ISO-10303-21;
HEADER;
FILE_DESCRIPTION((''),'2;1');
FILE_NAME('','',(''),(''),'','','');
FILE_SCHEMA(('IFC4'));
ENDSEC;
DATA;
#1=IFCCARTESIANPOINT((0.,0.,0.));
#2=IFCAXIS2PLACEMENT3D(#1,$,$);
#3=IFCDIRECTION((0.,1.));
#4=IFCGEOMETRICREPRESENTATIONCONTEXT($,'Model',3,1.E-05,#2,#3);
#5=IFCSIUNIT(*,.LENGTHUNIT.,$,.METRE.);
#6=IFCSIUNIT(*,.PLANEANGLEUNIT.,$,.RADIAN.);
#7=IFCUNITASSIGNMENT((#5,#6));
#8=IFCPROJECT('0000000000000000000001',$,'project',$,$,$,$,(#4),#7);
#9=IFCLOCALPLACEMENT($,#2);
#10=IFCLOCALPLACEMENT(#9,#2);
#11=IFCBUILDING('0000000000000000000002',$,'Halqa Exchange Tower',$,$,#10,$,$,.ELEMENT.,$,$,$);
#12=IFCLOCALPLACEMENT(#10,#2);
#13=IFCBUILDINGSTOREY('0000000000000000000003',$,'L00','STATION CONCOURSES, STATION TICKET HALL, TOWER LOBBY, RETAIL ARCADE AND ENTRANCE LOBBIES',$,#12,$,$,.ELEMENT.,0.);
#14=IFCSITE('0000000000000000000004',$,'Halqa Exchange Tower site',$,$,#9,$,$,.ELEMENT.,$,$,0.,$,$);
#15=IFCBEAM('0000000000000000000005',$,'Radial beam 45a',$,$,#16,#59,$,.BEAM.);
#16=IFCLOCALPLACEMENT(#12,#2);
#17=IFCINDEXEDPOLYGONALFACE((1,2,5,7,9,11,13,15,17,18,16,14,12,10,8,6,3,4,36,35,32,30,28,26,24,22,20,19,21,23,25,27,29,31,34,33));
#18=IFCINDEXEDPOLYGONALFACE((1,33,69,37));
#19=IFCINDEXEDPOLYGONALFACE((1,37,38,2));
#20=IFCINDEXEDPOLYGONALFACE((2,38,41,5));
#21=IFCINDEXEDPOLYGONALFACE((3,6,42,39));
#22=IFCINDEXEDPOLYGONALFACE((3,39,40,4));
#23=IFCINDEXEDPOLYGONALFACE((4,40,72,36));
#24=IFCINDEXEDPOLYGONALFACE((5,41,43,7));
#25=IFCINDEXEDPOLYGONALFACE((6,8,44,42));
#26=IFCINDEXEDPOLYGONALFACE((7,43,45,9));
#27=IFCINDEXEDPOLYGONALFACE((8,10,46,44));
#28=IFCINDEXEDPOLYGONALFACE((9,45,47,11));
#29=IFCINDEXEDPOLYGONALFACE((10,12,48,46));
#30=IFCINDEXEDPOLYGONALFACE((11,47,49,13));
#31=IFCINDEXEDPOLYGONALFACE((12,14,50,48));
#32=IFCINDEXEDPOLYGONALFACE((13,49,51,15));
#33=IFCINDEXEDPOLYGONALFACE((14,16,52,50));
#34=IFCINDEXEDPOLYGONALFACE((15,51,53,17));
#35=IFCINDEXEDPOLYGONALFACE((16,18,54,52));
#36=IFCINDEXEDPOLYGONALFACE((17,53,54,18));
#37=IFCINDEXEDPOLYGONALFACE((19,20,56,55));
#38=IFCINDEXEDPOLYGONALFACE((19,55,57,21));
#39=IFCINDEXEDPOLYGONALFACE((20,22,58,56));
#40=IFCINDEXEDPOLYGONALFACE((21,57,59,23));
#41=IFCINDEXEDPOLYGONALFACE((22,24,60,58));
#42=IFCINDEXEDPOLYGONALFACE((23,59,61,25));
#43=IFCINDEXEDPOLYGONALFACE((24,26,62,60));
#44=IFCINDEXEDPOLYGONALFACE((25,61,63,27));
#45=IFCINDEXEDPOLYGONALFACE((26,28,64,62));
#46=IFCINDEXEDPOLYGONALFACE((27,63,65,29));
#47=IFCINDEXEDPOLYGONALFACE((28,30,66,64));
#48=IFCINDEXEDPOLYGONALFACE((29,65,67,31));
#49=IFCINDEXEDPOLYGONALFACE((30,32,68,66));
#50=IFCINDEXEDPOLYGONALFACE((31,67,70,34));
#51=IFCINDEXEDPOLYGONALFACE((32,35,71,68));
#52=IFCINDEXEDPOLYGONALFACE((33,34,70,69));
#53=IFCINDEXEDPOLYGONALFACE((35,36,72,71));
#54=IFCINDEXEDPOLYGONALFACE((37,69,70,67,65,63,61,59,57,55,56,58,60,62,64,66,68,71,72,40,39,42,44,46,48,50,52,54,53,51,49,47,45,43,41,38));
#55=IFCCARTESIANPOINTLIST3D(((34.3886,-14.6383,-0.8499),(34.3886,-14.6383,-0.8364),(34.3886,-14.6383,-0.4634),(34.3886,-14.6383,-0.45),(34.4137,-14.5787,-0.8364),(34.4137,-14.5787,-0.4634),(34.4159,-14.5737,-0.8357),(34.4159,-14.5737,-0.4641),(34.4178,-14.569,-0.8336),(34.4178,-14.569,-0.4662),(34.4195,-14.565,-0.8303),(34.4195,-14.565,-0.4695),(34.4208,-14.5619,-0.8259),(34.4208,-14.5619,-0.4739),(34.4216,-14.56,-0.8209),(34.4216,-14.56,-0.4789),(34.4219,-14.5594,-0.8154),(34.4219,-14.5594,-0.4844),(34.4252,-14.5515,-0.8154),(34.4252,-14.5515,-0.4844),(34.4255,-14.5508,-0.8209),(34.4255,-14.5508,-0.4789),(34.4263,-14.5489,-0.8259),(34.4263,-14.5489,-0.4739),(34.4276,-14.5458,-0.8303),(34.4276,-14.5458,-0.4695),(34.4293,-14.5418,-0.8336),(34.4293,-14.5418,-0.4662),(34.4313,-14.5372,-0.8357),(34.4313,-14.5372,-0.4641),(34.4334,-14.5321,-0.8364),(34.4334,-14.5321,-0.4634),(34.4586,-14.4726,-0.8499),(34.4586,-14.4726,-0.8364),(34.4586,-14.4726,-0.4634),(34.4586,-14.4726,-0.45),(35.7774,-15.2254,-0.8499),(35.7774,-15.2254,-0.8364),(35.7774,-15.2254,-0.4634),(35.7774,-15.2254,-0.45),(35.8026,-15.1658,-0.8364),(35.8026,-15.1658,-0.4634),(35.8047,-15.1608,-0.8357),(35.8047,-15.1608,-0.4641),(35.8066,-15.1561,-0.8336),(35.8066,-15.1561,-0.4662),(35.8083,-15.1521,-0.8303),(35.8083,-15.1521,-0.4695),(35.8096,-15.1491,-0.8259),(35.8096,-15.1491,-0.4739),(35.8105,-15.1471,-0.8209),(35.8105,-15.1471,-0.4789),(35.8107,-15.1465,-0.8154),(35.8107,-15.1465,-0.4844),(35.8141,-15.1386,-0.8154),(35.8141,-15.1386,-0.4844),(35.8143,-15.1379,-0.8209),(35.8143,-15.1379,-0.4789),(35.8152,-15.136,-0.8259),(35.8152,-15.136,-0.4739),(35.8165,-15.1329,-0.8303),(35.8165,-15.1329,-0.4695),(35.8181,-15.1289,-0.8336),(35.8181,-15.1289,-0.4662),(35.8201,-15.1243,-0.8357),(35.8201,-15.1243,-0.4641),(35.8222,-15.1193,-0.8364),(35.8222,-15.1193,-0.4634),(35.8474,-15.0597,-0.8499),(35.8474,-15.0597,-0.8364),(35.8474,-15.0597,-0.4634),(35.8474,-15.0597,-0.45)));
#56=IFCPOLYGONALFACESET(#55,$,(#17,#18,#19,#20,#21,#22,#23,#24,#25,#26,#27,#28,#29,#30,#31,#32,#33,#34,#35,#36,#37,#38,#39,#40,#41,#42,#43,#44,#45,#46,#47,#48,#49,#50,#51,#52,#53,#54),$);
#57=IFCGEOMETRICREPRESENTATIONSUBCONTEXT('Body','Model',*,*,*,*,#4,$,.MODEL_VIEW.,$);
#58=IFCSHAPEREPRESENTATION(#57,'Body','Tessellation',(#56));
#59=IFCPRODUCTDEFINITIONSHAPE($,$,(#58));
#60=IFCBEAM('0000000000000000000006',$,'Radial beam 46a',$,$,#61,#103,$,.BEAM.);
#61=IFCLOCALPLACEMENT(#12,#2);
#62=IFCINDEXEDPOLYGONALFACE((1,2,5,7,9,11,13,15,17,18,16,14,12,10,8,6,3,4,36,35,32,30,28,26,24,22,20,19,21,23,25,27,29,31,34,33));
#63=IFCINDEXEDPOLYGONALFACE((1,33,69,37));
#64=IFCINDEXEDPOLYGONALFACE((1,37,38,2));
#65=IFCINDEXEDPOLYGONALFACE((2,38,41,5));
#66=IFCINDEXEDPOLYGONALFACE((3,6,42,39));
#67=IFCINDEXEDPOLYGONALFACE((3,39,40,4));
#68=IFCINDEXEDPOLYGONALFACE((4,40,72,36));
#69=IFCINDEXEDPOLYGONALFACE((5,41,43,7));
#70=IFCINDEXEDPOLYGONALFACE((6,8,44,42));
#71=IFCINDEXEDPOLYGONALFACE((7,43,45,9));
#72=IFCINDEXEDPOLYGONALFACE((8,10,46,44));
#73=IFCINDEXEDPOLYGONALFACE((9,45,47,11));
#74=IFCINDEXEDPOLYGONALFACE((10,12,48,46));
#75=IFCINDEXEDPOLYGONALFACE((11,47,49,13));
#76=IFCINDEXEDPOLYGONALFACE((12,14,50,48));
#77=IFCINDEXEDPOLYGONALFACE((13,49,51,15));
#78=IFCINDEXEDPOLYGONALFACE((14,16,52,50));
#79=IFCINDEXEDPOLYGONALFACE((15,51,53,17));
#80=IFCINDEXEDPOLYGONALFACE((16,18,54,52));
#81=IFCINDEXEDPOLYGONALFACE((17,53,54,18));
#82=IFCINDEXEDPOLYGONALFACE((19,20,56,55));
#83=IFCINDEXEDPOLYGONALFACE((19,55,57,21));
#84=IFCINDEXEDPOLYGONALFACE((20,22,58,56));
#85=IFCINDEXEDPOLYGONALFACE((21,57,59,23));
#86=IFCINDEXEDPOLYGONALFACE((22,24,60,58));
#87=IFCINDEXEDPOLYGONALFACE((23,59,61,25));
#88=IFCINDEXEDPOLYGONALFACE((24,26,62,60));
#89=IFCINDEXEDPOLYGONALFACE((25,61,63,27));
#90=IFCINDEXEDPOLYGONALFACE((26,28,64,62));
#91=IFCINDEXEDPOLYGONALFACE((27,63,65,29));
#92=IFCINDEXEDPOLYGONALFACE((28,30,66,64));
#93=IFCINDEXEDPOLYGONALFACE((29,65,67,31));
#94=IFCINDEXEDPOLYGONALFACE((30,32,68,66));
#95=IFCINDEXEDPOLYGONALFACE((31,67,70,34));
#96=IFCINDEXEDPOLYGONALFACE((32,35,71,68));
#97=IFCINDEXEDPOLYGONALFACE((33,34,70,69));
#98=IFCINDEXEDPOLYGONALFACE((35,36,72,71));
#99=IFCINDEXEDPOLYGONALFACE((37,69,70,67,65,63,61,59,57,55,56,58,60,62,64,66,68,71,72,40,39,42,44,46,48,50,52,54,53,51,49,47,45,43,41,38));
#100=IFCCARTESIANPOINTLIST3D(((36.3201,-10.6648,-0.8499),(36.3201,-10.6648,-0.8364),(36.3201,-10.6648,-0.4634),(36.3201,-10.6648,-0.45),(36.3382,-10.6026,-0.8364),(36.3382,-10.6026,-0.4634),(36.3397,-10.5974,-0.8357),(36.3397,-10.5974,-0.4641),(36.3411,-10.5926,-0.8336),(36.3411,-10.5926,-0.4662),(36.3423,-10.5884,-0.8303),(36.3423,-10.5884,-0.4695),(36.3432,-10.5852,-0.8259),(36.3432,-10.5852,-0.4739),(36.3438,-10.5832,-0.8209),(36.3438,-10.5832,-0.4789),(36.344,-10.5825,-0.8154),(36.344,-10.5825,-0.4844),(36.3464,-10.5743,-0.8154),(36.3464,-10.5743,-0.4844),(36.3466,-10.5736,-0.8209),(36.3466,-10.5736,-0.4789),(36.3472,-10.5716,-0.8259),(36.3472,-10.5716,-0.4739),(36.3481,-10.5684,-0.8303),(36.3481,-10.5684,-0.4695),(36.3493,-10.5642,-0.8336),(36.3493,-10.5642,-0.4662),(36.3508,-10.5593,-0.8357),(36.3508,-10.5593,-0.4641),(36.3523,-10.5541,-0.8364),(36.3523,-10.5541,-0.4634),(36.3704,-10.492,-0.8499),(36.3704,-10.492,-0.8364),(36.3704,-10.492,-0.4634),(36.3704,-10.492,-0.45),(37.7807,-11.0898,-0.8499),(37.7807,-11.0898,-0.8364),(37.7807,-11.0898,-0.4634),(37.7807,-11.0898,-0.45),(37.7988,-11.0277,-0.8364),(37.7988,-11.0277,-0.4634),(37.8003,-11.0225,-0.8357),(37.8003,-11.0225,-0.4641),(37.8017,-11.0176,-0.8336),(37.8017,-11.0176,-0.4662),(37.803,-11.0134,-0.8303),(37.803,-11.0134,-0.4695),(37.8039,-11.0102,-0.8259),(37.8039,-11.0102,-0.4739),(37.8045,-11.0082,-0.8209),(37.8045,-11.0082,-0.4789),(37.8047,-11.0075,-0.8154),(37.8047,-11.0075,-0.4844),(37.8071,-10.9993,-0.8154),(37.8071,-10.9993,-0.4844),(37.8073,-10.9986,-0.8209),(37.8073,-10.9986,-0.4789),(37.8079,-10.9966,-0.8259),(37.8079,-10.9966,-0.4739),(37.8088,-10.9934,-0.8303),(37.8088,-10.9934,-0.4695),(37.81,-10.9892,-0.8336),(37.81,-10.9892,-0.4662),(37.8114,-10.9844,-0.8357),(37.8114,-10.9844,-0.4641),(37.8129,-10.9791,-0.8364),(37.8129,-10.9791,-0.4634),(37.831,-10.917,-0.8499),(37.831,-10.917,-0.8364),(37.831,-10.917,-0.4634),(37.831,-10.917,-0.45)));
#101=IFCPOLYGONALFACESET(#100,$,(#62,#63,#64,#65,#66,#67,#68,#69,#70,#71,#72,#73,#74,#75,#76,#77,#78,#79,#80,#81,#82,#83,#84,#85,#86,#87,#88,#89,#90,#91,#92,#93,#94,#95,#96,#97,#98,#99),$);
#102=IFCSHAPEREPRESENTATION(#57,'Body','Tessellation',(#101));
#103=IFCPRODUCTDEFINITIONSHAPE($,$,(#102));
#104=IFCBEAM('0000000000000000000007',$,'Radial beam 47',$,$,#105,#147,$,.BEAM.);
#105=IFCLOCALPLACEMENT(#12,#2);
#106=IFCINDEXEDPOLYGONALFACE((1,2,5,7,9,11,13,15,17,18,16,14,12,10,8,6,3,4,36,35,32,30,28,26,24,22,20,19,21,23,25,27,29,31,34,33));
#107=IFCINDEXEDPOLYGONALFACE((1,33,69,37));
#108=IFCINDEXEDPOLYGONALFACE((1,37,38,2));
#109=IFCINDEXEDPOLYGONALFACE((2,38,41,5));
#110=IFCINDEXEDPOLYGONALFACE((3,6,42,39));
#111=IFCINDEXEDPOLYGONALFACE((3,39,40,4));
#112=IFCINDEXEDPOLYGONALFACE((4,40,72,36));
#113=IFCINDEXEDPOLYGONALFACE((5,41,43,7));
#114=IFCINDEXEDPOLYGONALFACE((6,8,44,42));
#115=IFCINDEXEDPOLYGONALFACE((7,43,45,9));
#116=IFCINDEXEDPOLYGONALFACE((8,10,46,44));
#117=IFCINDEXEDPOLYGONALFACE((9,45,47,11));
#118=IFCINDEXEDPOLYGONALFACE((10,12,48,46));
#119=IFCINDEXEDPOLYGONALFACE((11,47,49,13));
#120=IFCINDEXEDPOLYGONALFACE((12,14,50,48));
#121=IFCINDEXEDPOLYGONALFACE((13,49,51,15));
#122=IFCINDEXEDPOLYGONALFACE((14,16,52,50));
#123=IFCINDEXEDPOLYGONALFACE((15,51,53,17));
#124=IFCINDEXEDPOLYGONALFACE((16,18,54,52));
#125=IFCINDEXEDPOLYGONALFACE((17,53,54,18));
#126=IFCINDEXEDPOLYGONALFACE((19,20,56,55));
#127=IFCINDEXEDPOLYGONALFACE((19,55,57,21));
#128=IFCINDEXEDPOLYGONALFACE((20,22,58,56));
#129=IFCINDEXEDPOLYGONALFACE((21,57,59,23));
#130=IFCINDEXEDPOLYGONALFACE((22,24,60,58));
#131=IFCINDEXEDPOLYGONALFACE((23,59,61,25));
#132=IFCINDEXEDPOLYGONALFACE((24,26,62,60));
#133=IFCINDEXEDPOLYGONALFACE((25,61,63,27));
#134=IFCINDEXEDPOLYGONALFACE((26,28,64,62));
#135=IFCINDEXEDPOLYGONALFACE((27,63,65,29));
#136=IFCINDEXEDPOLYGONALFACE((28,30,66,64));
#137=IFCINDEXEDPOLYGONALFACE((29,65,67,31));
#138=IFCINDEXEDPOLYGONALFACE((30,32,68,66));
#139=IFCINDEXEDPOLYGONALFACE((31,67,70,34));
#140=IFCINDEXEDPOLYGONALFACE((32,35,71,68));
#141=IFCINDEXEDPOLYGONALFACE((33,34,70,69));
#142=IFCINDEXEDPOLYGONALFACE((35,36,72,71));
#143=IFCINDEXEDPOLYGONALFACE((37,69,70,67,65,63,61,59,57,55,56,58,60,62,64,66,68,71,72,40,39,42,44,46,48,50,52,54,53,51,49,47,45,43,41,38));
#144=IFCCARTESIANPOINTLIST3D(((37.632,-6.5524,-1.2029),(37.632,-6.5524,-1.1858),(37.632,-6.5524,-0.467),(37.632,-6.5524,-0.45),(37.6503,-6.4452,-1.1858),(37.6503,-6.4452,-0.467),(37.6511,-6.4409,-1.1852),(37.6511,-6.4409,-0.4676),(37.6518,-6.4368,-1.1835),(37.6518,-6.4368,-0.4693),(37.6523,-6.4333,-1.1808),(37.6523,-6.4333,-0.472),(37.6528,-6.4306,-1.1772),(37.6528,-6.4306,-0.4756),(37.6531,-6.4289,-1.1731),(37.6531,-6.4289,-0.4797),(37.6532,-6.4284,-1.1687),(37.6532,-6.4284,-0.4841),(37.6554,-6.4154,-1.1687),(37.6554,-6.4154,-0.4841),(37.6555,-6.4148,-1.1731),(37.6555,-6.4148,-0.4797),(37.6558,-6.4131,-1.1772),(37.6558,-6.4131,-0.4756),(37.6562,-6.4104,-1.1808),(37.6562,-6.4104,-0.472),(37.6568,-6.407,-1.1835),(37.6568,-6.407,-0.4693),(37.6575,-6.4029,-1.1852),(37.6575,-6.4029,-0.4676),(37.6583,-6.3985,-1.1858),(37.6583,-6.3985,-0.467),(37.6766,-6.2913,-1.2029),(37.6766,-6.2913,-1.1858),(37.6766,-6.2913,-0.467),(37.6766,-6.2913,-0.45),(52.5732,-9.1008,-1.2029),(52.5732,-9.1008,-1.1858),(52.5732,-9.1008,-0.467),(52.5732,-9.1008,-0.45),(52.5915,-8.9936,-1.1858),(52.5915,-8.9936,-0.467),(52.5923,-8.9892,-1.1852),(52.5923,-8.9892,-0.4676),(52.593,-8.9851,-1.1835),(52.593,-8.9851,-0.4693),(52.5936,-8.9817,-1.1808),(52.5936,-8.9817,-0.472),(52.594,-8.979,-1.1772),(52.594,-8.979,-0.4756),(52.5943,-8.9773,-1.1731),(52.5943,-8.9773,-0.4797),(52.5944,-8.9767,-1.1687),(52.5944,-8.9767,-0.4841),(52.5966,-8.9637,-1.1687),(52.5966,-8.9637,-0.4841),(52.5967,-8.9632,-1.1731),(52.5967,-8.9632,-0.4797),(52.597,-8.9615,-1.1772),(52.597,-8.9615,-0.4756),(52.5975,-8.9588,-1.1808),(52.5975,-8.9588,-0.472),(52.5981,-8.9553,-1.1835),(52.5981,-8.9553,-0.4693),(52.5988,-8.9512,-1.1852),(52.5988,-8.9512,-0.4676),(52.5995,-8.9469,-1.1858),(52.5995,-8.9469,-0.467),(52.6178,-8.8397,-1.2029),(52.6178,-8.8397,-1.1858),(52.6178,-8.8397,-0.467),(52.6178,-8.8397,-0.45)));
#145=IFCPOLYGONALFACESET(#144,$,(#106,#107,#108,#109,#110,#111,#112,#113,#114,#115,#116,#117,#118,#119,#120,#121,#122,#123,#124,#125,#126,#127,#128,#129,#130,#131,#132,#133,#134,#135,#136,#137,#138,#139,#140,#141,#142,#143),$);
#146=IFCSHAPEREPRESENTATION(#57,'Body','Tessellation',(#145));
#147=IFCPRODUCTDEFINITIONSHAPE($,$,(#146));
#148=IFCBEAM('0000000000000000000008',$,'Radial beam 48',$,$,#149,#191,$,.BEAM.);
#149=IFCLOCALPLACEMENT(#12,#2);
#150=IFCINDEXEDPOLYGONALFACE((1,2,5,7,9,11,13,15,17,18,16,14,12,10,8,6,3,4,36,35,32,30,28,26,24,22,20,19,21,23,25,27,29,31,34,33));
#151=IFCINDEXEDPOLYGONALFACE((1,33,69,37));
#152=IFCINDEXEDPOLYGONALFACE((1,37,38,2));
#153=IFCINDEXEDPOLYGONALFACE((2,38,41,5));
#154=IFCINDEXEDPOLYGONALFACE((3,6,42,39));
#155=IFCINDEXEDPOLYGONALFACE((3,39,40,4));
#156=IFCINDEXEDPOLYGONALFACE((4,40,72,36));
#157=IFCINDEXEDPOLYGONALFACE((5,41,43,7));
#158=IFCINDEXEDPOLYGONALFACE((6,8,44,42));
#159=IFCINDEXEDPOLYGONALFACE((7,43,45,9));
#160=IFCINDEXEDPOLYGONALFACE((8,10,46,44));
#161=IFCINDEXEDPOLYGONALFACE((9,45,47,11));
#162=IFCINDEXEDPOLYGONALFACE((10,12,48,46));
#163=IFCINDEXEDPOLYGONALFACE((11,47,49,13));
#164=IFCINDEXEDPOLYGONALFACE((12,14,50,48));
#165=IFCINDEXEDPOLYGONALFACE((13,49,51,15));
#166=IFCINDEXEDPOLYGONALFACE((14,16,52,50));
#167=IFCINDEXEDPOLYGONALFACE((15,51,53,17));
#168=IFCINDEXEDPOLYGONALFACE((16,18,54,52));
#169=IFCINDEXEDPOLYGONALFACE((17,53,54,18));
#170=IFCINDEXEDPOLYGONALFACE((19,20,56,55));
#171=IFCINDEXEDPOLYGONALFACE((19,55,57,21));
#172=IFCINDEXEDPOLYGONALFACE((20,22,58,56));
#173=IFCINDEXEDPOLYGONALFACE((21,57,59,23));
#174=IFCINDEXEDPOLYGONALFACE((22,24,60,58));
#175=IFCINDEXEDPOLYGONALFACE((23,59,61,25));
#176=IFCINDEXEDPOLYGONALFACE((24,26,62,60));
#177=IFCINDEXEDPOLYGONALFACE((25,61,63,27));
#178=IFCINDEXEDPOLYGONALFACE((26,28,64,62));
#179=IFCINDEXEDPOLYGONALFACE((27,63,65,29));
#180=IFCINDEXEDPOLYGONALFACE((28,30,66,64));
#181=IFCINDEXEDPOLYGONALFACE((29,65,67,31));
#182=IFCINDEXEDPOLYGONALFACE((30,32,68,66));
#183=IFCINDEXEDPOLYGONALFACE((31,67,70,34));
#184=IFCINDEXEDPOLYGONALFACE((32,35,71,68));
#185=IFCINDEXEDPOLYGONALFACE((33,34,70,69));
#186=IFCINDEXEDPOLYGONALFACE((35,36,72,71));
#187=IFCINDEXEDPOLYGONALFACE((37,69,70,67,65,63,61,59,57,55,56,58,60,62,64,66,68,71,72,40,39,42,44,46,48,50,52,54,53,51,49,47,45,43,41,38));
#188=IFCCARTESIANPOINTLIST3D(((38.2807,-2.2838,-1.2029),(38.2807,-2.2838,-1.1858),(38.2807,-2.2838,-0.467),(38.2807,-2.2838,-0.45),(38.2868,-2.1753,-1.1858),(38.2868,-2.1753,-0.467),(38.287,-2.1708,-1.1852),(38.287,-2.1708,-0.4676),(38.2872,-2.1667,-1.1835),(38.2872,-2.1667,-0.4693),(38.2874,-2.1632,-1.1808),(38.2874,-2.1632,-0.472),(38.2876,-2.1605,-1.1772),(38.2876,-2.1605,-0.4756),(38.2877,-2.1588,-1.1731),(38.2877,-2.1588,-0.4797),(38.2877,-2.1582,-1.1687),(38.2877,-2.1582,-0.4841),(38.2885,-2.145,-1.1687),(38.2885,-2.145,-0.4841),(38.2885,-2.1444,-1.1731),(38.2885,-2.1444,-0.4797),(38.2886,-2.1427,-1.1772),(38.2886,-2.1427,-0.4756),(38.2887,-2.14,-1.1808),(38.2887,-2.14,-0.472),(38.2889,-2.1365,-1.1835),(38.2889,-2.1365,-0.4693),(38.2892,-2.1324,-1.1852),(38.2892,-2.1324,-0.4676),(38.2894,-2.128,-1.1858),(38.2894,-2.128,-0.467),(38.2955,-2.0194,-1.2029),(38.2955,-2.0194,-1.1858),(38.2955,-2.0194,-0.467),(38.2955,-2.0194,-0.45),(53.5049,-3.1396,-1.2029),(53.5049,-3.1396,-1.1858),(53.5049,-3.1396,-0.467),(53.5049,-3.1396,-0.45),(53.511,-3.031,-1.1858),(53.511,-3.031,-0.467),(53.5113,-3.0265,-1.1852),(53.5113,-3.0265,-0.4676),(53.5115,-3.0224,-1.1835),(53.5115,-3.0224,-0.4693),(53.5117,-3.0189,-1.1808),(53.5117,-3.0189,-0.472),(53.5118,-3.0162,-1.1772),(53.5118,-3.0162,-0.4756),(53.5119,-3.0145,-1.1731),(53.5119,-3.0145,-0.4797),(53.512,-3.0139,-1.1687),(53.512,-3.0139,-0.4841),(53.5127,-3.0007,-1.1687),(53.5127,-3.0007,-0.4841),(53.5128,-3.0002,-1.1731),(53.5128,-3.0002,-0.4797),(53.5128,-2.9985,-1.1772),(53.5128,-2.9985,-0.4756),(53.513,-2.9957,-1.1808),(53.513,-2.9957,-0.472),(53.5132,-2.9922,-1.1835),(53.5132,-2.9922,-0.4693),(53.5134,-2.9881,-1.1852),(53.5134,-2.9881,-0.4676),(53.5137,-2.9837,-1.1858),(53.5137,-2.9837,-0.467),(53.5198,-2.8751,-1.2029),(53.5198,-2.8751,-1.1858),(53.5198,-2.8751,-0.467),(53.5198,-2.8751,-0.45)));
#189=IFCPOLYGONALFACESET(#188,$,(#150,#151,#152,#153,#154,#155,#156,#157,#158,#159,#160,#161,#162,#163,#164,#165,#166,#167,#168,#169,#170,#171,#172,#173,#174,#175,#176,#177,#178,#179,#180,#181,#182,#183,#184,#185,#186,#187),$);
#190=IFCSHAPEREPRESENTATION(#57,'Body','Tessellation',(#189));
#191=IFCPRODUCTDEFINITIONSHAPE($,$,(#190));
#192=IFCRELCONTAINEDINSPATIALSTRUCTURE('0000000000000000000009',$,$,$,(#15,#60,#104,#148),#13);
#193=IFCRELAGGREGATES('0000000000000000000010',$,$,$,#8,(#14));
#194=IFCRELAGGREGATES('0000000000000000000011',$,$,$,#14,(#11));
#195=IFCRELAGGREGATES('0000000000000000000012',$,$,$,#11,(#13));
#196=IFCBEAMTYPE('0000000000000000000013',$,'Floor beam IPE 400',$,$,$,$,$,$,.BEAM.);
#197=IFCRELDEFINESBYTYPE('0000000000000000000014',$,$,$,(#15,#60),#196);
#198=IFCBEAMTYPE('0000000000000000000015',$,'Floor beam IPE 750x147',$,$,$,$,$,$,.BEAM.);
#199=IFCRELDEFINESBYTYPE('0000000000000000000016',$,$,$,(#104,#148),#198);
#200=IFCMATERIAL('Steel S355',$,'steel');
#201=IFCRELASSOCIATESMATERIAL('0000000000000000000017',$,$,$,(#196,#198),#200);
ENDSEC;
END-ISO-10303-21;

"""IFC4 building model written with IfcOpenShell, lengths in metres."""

from ifc_helpers import new_model, si_unit, direction, frame, origin, origin_2d, place, context, subcontext, project, spatial, i_section, extrude, material, material_profile, profile_set, type_object, element, save


model = new_model("IFC4")

# Units and contexts
model_context = context("Model", 3, precision=1e-05, world=origin(), true_north=direction((0.0, 1.0)))
body_context = subcontext(model_context, "Body", "Model", "MODEL_VIEW")
ifc_project = project(units=[si_unit("LENGTHUNIT", "METRE"), si_unit("PLANEANGLEUNIT", "RADIAN")], contexts=[model_context])

# Site, building, storey
site_placement = place(None, origin())
site = spatial("IfcSite", under=ifc_project, at=site_placement, Name="Halqa Exchange Tower site", CompositionType="ELEMENT", RefElevation=0.0)
building_placement = place(site_placement, origin())
building = spatial("IfcBuilding", under=site, at=building_placement, Name="Halqa Exchange Tower", CompositionType="ELEMENT")
storey_placement = place(building_placement, origin())
storey = spatial("IfcBuildingStorey", under=building, at=storey_placement, Name="L00", Description="STATION CONCOURSES, STATION TICKET HALL, TOWER LOBBY, RETAIL ARCADE AND ENTRANCE LOBBIES", CompositionType="ELEMENT", Elevation=0.0)

# Beams
ifc_material_1 = material(Name="Steel S355", Category="steel")
ifc_material_profile_1 = material_profile(ifc_material_1, i_section(OverallWidth=0.1799, OverallDepth=0.3999, WebThickness=0.0085, FlangeThickness=0.0134, FilletRadius=0.021, at=origin_2d()), Name="IPE 400")
ifc_profile_set_1 = profile_set([ifc_material_profile_1], Name="Steel S355")
beam_type_1 = type_object("IfcBeamType", Name="Floor beam IPE 400", PredefinedType="BEAM", material=ifc_profile_set_1)
beam_1_placement = place(storey_placement, frame((34.4236, -14.5554, -0.6499), z_axis=(0.921077, -0.389381, 0.0), x_axis=(0.389381, 0.921077, 0.0)))
element("IfcBeam", 1, at=beam_1_placement, inside=storey, type_object=beam_type_1, Name="Radial beam 45a", PredefinedType="BEAM", context=body_context, shape_type="SweptSolid", body=[
    extrude(i_section(OverallWidth=0.1799, OverallDepth=0.3999, WebThickness=0.0085, FlangeThickness=0.0134, FilletRadius=0.021, at=origin_2d()), origin(), (0.0, 0.0, 1.0), 1.5078),
])
beam_2_placement = place(storey_placement, frame((36.3452, -10.5784, -0.6499), z_axis=(0.960174, -0.279402, 0.0), x_axis=(0.279402, 0.960174, 0.0)))
element("IfcBeam", 2, at=beam_2_placement, inside=storey, type_object=beam_type_1, Name="Radial beam 46a", PredefinedType="BEAM", context=body_context, shape_type="SweptSolid", body=[
    extrude(i_section(OverallWidth=0.1799, OverallDepth=0.3999, WebThickness=0.0085, FlangeThickness=0.0134, FilletRadius=0.021, at=origin_2d()), origin(), (0.0, 0.0, 1.0), 1.5212),
])
ifc_material_profile_2 = material_profile(ifc_material_1, i_section(OverallWidth=0.2649, OverallDepth=0.7529, WebThickness=0.0132, FlangeThickness=0.0171, FilletRadius=0.0171, at=origin_2d()), Name="IPE 750x147")
ifc_profile_set_2 = profile_set([ifc_material_profile_2], Name="Steel S355")
beam_type_2 = type_object("IfcBeamType", Name="Floor beam IPE 750x147", PredefinedType="BEAM", material=ifc_profile_set_2)
beam_3_placement = place(storey_placement, frame((37.6543, -6.4219, -0.8264), z_axis=(0.985765, -0.16813, 0.0), x_axis=(0.16813, 0.985765, 0.0)))
element("IfcBeam", 3, at=beam_3_placement, inside=storey, type_object=beam_type_2, Name="Radial beam 47", PredefinedType="BEAM", context=body_context, shape_type="SweptSolid", body=[
    extrude(i_section(OverallWidth=0.2649, OverallDepth=0.7529, WebThickness=0.0132, FlangeThickness=0.0171, FilletRadius=0.0171, at=origin_2d()), origin(), (0.0, 0.0, 1.0), 15.157),
])
beam_4_placement = place(storey_placement, frame((38.2881, -2.1516, -0.8264), z_axis=(0.998424, -0.056118, 0.0), x_axis=(0.056118, 0.998424, 0.0)))
element("IfcBeam", 4, at=beam_4_placement, inside=storey, type_object=beam_type_2, Name="Radial beam 48", PredefinedType="BEAM", context=body_context, shape_type="SweptSolid", body=[
    extrude(i_section(OverallWidth=0.2649, OverallDepth=0.7529, WebThickness=0.0132, FlangeThickness=0.0171, FilletRadius=0.0171, at=origin_2d()), origin(), (0.0, 0.0, 1.0), 15.2483),
])

save(model, "model.ifc")
